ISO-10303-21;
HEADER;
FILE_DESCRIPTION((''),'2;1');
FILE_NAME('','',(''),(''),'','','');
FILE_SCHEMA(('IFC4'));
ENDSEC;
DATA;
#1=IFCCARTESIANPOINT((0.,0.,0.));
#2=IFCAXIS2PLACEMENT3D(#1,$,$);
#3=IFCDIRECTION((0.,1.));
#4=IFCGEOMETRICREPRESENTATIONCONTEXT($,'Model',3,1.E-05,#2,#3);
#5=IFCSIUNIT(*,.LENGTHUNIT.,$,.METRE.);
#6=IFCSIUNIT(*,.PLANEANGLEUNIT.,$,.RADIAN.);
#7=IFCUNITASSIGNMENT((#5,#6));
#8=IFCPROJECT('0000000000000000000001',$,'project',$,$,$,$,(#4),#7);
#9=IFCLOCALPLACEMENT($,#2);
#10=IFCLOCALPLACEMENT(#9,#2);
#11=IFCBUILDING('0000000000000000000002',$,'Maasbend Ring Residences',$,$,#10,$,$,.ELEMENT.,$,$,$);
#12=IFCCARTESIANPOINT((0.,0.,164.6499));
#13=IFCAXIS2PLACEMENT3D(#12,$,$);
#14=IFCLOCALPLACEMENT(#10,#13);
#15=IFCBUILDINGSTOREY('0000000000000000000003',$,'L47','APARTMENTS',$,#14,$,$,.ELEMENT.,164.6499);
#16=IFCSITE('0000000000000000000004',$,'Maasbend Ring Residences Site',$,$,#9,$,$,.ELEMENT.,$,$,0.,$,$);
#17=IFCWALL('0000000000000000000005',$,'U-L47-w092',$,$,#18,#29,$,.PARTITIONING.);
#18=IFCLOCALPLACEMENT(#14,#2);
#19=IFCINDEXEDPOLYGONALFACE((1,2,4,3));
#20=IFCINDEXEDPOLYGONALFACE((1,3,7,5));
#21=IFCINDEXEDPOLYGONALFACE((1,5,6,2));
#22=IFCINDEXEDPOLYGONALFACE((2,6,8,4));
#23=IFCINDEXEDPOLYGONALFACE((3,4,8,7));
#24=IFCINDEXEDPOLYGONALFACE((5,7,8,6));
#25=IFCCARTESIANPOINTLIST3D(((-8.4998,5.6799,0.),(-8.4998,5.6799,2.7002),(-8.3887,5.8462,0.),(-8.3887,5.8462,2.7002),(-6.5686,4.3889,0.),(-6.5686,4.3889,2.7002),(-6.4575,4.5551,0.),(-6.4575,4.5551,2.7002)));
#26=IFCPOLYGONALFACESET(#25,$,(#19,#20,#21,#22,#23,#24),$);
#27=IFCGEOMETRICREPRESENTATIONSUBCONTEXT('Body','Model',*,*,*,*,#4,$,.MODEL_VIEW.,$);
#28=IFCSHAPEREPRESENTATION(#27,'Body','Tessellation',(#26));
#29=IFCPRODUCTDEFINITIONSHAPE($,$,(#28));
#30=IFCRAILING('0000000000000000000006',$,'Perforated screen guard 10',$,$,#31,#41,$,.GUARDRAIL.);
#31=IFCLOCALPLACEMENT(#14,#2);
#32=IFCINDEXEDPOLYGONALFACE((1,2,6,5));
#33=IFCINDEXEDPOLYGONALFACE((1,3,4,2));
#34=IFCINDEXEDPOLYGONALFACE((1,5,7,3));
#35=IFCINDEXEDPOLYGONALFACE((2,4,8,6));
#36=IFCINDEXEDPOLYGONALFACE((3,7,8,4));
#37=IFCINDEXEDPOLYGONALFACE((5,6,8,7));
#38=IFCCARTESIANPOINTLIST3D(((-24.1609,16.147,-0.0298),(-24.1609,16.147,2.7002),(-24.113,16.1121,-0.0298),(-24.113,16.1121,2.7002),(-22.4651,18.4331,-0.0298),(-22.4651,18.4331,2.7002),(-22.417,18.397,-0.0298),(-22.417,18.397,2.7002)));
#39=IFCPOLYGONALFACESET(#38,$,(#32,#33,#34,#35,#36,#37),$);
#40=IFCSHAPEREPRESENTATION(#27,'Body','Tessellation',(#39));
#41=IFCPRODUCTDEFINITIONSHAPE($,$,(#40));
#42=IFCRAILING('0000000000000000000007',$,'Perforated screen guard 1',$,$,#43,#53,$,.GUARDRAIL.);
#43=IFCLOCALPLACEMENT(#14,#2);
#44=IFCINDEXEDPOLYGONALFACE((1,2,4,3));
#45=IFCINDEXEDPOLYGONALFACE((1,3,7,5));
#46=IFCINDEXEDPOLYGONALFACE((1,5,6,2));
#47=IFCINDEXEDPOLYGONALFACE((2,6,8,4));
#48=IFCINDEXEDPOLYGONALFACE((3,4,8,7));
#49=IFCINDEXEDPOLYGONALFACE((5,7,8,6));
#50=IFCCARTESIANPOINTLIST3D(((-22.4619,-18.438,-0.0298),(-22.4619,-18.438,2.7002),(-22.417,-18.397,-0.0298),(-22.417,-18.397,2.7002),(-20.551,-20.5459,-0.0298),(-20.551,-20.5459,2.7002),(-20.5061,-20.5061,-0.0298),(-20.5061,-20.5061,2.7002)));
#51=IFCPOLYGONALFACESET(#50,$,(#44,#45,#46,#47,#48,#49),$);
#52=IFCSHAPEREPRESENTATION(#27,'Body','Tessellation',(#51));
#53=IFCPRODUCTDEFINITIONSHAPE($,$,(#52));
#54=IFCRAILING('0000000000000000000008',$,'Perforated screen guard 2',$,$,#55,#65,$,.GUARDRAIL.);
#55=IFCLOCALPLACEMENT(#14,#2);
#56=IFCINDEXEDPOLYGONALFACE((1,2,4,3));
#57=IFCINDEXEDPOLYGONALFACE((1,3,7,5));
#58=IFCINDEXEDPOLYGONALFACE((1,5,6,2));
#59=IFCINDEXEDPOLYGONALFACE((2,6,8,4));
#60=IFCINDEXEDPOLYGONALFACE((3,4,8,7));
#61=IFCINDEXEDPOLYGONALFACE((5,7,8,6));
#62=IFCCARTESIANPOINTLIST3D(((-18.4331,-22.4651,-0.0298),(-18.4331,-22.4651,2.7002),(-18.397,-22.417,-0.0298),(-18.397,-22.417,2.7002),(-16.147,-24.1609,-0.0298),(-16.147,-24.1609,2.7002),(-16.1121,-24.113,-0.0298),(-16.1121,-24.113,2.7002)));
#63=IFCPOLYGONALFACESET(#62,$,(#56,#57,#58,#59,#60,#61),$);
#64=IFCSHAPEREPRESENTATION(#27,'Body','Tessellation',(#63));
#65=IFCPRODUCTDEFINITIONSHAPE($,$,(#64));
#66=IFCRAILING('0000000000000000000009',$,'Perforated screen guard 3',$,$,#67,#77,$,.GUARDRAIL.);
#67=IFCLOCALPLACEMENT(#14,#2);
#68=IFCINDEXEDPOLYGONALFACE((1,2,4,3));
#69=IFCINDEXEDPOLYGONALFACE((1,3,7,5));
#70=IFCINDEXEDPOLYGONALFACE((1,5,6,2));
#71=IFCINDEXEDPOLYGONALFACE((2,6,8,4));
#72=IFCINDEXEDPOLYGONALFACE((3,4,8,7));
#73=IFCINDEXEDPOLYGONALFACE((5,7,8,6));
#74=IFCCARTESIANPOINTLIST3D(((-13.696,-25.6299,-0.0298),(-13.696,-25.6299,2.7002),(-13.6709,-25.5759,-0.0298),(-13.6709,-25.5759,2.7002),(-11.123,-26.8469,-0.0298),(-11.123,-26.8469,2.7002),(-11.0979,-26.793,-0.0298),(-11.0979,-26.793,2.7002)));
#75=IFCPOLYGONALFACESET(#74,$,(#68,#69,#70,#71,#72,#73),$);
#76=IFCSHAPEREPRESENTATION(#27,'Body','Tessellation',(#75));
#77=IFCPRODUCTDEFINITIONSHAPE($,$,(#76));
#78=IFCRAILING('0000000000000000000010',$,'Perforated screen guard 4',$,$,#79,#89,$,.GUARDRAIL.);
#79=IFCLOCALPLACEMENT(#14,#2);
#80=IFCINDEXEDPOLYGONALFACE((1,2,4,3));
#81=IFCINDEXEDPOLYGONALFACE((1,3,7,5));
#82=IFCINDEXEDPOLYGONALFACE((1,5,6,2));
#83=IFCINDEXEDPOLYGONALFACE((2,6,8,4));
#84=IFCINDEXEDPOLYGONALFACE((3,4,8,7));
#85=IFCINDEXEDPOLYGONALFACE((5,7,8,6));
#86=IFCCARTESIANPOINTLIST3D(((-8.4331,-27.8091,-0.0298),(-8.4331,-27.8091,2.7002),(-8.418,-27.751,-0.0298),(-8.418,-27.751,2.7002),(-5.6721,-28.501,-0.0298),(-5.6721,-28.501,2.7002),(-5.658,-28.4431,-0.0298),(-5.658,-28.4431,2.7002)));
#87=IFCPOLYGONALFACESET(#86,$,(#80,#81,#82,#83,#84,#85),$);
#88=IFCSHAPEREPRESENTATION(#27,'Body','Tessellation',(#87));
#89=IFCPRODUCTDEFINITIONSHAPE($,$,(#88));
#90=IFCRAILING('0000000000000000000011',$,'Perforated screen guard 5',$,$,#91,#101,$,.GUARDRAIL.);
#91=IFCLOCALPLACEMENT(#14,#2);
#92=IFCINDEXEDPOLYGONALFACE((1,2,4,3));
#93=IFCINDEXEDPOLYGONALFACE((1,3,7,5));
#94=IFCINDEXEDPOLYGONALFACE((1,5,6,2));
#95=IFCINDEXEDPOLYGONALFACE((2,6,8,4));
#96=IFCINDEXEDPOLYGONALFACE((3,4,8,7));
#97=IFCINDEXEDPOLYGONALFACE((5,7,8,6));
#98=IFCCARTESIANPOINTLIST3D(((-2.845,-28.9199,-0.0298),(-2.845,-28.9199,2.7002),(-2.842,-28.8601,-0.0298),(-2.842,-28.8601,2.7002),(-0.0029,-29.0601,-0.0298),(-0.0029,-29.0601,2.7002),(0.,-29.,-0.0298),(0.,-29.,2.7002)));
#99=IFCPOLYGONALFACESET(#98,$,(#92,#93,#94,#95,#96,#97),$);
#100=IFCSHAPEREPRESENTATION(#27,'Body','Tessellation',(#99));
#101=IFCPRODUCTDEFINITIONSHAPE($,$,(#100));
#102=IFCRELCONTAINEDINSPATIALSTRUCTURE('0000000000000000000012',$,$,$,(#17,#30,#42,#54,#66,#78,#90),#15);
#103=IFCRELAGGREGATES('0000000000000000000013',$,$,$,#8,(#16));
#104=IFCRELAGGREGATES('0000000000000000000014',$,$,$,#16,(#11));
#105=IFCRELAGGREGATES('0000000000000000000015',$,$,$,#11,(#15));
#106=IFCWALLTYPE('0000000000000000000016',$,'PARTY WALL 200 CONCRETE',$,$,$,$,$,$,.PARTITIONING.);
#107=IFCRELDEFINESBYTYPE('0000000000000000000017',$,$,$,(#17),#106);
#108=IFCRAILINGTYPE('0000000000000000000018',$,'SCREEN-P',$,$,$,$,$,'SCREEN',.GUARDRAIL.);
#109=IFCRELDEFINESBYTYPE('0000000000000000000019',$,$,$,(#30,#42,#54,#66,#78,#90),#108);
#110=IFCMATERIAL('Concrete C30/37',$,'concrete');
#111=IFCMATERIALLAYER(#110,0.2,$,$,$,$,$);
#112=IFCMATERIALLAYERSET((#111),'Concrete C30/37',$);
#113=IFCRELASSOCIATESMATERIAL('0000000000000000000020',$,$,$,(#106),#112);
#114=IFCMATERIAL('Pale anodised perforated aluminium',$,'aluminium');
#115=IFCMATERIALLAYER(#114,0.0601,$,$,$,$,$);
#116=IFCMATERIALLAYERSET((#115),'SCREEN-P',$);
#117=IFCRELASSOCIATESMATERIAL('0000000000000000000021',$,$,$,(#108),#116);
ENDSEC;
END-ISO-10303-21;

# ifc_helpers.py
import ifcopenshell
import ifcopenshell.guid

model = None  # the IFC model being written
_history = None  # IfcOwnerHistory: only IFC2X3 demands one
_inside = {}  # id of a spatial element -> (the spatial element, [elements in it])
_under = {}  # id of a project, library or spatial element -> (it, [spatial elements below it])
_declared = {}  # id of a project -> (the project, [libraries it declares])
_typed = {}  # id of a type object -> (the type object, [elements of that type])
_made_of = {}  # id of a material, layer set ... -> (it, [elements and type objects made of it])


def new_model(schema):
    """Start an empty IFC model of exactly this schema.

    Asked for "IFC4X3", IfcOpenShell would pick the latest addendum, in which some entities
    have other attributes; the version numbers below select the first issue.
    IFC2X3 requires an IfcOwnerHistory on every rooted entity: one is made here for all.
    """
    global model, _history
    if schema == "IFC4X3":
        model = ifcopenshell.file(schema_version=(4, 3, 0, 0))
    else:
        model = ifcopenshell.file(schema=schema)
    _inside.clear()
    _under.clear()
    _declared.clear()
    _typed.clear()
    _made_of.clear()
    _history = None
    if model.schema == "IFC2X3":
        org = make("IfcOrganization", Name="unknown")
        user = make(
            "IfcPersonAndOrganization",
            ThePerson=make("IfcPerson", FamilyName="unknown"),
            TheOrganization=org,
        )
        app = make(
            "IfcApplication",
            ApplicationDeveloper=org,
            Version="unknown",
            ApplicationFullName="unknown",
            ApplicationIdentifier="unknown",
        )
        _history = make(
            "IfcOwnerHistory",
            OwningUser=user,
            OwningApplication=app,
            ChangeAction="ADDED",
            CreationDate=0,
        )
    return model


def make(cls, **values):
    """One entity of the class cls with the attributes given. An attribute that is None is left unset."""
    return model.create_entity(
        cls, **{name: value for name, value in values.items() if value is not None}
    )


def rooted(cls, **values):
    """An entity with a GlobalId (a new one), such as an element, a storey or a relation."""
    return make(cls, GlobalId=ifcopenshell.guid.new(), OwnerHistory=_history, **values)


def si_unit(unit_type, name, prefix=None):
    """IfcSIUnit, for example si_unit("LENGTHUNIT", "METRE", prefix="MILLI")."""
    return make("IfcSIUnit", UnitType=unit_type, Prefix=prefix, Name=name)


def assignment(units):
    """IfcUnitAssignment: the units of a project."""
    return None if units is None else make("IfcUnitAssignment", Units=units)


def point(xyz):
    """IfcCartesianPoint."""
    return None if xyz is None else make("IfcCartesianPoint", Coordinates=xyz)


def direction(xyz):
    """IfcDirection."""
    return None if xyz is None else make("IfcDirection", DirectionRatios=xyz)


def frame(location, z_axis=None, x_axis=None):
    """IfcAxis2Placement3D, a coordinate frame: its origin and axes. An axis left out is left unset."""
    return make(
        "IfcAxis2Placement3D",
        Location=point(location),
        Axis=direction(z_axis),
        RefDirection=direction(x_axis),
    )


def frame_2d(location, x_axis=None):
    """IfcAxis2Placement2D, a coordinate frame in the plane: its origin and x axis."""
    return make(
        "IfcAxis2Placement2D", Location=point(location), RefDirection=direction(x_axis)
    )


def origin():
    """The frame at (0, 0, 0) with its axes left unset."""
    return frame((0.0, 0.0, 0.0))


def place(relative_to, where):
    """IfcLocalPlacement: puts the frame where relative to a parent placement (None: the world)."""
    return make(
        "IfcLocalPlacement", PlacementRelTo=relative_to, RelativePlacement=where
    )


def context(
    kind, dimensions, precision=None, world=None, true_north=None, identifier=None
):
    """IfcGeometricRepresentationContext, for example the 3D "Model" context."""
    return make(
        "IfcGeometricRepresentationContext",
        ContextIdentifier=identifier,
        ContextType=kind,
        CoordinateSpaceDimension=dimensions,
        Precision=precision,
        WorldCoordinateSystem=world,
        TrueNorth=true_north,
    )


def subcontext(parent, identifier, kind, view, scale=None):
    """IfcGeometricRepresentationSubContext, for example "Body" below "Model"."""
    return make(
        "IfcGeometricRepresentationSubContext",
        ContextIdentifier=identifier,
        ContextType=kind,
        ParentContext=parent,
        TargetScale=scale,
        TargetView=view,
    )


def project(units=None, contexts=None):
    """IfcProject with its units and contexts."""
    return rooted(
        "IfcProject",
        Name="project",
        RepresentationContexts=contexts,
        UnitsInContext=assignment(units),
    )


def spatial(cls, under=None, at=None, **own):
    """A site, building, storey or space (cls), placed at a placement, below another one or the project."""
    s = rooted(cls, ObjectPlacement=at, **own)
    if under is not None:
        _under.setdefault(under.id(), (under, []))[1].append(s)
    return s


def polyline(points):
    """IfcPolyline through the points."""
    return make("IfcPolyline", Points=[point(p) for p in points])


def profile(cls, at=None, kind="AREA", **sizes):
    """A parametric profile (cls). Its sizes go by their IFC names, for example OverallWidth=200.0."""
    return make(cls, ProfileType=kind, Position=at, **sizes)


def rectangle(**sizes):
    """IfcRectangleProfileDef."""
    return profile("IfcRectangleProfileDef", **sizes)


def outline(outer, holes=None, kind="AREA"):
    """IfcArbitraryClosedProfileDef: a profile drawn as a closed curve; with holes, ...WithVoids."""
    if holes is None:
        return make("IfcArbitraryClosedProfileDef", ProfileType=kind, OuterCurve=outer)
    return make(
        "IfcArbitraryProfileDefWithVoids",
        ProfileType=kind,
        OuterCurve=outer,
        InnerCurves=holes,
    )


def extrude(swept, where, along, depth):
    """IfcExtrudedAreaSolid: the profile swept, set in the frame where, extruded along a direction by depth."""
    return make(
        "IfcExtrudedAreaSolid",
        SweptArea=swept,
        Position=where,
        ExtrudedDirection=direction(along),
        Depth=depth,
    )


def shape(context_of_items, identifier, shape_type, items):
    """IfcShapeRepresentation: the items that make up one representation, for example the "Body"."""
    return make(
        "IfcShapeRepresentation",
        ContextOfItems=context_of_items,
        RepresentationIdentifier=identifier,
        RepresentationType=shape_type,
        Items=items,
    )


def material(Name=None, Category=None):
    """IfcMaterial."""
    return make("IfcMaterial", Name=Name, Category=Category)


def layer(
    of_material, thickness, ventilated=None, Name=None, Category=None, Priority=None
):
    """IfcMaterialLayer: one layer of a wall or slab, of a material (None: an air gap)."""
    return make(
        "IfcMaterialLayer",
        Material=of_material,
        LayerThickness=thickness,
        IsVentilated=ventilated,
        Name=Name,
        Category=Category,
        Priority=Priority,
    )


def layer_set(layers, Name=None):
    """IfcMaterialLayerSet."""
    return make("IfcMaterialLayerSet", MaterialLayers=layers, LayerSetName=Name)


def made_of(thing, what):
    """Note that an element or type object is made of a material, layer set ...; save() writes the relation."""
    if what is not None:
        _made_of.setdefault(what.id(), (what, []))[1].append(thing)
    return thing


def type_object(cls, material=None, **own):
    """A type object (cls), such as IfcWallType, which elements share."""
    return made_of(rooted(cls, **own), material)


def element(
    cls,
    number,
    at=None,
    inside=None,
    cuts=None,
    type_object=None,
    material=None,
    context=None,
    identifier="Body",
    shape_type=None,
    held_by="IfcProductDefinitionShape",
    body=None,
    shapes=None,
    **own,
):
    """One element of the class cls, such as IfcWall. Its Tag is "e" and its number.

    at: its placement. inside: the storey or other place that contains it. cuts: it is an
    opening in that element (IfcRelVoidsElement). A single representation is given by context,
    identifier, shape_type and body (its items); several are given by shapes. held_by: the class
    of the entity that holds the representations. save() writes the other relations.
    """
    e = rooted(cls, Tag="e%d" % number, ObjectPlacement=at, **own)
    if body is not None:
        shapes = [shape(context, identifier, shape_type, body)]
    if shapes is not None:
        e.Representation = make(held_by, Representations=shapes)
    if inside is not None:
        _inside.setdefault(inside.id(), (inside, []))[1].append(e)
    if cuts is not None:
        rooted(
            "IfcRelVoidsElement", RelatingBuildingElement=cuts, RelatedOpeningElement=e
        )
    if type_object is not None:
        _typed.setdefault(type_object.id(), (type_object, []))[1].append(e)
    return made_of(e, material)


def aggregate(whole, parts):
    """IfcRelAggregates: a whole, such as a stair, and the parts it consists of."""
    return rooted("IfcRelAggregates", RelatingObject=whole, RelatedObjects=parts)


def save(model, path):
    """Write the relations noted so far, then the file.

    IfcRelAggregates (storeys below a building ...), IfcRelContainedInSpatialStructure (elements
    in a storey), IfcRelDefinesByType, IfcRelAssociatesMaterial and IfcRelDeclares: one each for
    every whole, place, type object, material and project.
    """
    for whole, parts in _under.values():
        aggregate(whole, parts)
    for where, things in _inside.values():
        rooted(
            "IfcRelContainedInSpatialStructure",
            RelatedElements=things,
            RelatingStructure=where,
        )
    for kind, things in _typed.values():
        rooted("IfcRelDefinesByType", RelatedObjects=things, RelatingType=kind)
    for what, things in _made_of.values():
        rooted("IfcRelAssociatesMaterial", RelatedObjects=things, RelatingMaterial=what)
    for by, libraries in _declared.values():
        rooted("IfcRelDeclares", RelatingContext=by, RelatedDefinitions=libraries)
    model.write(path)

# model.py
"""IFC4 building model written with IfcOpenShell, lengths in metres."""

from ifc_helpers import new_model, si_unit, direction, frame, frame_2d, origin, place, context, subcontext, project, spatial, polyline, rectangle, outline, extrude, material, layer, layer_set, type_object, element, save


model = new_model("IFC4")

# Units and contexts
model_context = context("Model", 3, precision=1e-05, world=origin(), true_north=direction((0.0, 1.0)))
body_context = subcontext(model_context, "Body", "Model", "MODEL_VIEW")
ifc_project = project(units=[si_unit("LENGTHUNIT", "METRE"), si_unit("PLANEANGLEUNIT", "RADIAN")], contexts=[model_context])

# Site, building, storey
site_placement = place(None, origin())
site = spatial("IfcSite", under=ifc_project, at=site_placement, Name="Maasbend Ring Residences Site", CompositionType="ELEMENT", RefElevation=0.0)
building_placement = place(site_placement, origin())
building = spatial("IfcBuilding", under=site, at=building_placement, Name="Maasbend Ring Residences", CompositionType="ELEMENT")
storey_placement = place(building_placement, frame((0.0, 0.0, 164.6499)))
storey = spatial("IfcBuildingStorey", under=building, at=storey_placement, Name="L47", Description="APARTMENTS", CompositionType="ELEMENT", Elevation=164.6499)

# Wall
ifc_material_1 = material(Name="Concrete C30/37", Category="concrete")
ifc_layer_1 = layer(ifc_material_1, 0.2)
ifc_layer_set_1 = layer_set([ifc_layer_1], Name="Concrete C30/37")
wall_type = type_object("IfcWallType", Name="PARTY WALL 200 CONCRETE", PredefinedType="PARTITIONING", material=ifc_layer_set_1)
wall_placement = place(storey_placement, frame((-6.5129, 4.4719, 0.0), z_axis=(0.0, 0.0, 1.0), x_axis=(-0.831338, 0.555767, 0.0)))
element("IfcWall", 1, at=wall_placement, inside=storey, type_object=wall_type, Name="U-L47-w092", PredefinedType="PARTITIONING", context=body_context, shape_type="SweptSolid", body=[
    extrude(rectangle(XDim=2.323, YDim=0.2, at=frame_2d((1.1616, 0.0))), origin(), (0.0, 0.0, 1.0), 2.7002),
])

# Railings
ifc_material_2 = material(Name="Pale anodised perforated aluminium", Category="aluminium")
ifc_layer_2 = layer(ifc_material_2, 0.0601)
ifc_layer_set_2 = layer_set([ifc_layer_2], Name="SCREEN-P")
railing_type = type_object("IfcRailingType", Name="SCREEN-P", ElementType="SCREEN", PredefinedType="GUARDRAIL", material=ifc_layer_set_2)
railing_1_placement = place(storey_placement, frame((0.0, 0.0, -0.0298)))
element("IfcRailing", 2, at=railing_1_placement, inside=storey, type_object=railing_type, Name="Perforated screen guard 10", PredefinedType="GUARDRAIL", context=body_context, shape_type="SweptSolid", body=[
    extrude(outline(polyline([(-22.417, 18.397), (-24.113, 16.1121), (-24.1609, 16.147), (-22.4651, 18.4331), (-22.417, 18.397)])), origin(), (0.0, 0.0, 1.0), 2.73),
])
railing_2_placement = place(storey_placement, frame((0.0, 0.0, -0.0298)))
element("IfcRailing", 3, at=railing_2_placement, inside=storey, type_object=railing_type, Name="Perforated screen guard 1", PredefinedType="GUARDRAIL", context=body_context, shape_type="SweptSolid", body=[
    extrude(outline(polyline([(-22.417, -18.397), (-20.5061, -20.5061), (-20.551, -20.5459), (-22.4619, -18.438), (-22.417, -18.397)])), origin(), (0.0, 0.0, 1.0), 2.73),
])
railing_3_placement = place(storey_placement, frame((0.0, 0.0, -0.0298)))
element("IfcRailing", 4, at=railing_3_placement, inside=storey, type_object=railing_type, Name="Perforated screen guard 2", PredefinedType="GUARDRAIL", context=body_context, shape_type="SweptSolid", body=[
    extrude(outline(polyline([(-18.397, -22.417), (-16.1121, -24.113), (-16.147, -24.1609), (-18.4331, -22.4651), (-18.397, -22.417)])), origin(), (0.0, 0.0, 1.0), 2.73),
])
railing_4_placement = place(storey_placement, frame((0.0, 0.0, -0.0298)))
element("IfcRailing", 5, at=railing_4_placement, inside=storey, type_object=railing_type, Name="Perforated screen guard 3", PredefinedType="GUARDRAIL", context=body_context, shape_type="SweptSolid", body=[
    extrude(outline(polyline([(-13.6709, -25.5759), (-11.0979, -26.793), (-11.123, -26.8469), (-13.696, -25.6299), (-13.6709, -25.5759)])), origin(), (0.0, 0.0, 1.0), 2.73),
])
railing_5_placement = place(storey_placement, frame((0.0, 0.0, -0.0298)))
element("IfcRailing", 6, at=railing_5_placement, inside=storey, type_object=railing_type, Name="Perforated screen guard 4", PredefinedType="GUARDRAIL", context=body_context, shape_type="SweptSolid", body=[
    extrude(outline(polyline([(-8.418, -27.751), (-5.658, -28.4431), (-5.6721, -28.501), (-8.4331, -27.8091), (-8.418, -27.751)])), origin(), (0.0, 0.0, 1.0), 2.73),
])
railing_6_placement = place(storey_placement, frame((0.0, 0.0, -0.0298)))
element("IfcRailing", 7, at=railing_6_placement, inside=storey, type_object=railing_type, Name="Perforated screen guard 5", PredefinedType="GUARDRAIL", context=body_context, shape_type="SweptSolid", body=[
    extrude(outline(polyline([(-2.842, -28.8601), (0.0, -29.0), (-0.0029, -29.0601), (-2.845, -28.9199), (-2.842, -28.8601)])), origin(), (0.0, 0.0, 1.0), 2.73),
])

save(model, "model.ifc")
